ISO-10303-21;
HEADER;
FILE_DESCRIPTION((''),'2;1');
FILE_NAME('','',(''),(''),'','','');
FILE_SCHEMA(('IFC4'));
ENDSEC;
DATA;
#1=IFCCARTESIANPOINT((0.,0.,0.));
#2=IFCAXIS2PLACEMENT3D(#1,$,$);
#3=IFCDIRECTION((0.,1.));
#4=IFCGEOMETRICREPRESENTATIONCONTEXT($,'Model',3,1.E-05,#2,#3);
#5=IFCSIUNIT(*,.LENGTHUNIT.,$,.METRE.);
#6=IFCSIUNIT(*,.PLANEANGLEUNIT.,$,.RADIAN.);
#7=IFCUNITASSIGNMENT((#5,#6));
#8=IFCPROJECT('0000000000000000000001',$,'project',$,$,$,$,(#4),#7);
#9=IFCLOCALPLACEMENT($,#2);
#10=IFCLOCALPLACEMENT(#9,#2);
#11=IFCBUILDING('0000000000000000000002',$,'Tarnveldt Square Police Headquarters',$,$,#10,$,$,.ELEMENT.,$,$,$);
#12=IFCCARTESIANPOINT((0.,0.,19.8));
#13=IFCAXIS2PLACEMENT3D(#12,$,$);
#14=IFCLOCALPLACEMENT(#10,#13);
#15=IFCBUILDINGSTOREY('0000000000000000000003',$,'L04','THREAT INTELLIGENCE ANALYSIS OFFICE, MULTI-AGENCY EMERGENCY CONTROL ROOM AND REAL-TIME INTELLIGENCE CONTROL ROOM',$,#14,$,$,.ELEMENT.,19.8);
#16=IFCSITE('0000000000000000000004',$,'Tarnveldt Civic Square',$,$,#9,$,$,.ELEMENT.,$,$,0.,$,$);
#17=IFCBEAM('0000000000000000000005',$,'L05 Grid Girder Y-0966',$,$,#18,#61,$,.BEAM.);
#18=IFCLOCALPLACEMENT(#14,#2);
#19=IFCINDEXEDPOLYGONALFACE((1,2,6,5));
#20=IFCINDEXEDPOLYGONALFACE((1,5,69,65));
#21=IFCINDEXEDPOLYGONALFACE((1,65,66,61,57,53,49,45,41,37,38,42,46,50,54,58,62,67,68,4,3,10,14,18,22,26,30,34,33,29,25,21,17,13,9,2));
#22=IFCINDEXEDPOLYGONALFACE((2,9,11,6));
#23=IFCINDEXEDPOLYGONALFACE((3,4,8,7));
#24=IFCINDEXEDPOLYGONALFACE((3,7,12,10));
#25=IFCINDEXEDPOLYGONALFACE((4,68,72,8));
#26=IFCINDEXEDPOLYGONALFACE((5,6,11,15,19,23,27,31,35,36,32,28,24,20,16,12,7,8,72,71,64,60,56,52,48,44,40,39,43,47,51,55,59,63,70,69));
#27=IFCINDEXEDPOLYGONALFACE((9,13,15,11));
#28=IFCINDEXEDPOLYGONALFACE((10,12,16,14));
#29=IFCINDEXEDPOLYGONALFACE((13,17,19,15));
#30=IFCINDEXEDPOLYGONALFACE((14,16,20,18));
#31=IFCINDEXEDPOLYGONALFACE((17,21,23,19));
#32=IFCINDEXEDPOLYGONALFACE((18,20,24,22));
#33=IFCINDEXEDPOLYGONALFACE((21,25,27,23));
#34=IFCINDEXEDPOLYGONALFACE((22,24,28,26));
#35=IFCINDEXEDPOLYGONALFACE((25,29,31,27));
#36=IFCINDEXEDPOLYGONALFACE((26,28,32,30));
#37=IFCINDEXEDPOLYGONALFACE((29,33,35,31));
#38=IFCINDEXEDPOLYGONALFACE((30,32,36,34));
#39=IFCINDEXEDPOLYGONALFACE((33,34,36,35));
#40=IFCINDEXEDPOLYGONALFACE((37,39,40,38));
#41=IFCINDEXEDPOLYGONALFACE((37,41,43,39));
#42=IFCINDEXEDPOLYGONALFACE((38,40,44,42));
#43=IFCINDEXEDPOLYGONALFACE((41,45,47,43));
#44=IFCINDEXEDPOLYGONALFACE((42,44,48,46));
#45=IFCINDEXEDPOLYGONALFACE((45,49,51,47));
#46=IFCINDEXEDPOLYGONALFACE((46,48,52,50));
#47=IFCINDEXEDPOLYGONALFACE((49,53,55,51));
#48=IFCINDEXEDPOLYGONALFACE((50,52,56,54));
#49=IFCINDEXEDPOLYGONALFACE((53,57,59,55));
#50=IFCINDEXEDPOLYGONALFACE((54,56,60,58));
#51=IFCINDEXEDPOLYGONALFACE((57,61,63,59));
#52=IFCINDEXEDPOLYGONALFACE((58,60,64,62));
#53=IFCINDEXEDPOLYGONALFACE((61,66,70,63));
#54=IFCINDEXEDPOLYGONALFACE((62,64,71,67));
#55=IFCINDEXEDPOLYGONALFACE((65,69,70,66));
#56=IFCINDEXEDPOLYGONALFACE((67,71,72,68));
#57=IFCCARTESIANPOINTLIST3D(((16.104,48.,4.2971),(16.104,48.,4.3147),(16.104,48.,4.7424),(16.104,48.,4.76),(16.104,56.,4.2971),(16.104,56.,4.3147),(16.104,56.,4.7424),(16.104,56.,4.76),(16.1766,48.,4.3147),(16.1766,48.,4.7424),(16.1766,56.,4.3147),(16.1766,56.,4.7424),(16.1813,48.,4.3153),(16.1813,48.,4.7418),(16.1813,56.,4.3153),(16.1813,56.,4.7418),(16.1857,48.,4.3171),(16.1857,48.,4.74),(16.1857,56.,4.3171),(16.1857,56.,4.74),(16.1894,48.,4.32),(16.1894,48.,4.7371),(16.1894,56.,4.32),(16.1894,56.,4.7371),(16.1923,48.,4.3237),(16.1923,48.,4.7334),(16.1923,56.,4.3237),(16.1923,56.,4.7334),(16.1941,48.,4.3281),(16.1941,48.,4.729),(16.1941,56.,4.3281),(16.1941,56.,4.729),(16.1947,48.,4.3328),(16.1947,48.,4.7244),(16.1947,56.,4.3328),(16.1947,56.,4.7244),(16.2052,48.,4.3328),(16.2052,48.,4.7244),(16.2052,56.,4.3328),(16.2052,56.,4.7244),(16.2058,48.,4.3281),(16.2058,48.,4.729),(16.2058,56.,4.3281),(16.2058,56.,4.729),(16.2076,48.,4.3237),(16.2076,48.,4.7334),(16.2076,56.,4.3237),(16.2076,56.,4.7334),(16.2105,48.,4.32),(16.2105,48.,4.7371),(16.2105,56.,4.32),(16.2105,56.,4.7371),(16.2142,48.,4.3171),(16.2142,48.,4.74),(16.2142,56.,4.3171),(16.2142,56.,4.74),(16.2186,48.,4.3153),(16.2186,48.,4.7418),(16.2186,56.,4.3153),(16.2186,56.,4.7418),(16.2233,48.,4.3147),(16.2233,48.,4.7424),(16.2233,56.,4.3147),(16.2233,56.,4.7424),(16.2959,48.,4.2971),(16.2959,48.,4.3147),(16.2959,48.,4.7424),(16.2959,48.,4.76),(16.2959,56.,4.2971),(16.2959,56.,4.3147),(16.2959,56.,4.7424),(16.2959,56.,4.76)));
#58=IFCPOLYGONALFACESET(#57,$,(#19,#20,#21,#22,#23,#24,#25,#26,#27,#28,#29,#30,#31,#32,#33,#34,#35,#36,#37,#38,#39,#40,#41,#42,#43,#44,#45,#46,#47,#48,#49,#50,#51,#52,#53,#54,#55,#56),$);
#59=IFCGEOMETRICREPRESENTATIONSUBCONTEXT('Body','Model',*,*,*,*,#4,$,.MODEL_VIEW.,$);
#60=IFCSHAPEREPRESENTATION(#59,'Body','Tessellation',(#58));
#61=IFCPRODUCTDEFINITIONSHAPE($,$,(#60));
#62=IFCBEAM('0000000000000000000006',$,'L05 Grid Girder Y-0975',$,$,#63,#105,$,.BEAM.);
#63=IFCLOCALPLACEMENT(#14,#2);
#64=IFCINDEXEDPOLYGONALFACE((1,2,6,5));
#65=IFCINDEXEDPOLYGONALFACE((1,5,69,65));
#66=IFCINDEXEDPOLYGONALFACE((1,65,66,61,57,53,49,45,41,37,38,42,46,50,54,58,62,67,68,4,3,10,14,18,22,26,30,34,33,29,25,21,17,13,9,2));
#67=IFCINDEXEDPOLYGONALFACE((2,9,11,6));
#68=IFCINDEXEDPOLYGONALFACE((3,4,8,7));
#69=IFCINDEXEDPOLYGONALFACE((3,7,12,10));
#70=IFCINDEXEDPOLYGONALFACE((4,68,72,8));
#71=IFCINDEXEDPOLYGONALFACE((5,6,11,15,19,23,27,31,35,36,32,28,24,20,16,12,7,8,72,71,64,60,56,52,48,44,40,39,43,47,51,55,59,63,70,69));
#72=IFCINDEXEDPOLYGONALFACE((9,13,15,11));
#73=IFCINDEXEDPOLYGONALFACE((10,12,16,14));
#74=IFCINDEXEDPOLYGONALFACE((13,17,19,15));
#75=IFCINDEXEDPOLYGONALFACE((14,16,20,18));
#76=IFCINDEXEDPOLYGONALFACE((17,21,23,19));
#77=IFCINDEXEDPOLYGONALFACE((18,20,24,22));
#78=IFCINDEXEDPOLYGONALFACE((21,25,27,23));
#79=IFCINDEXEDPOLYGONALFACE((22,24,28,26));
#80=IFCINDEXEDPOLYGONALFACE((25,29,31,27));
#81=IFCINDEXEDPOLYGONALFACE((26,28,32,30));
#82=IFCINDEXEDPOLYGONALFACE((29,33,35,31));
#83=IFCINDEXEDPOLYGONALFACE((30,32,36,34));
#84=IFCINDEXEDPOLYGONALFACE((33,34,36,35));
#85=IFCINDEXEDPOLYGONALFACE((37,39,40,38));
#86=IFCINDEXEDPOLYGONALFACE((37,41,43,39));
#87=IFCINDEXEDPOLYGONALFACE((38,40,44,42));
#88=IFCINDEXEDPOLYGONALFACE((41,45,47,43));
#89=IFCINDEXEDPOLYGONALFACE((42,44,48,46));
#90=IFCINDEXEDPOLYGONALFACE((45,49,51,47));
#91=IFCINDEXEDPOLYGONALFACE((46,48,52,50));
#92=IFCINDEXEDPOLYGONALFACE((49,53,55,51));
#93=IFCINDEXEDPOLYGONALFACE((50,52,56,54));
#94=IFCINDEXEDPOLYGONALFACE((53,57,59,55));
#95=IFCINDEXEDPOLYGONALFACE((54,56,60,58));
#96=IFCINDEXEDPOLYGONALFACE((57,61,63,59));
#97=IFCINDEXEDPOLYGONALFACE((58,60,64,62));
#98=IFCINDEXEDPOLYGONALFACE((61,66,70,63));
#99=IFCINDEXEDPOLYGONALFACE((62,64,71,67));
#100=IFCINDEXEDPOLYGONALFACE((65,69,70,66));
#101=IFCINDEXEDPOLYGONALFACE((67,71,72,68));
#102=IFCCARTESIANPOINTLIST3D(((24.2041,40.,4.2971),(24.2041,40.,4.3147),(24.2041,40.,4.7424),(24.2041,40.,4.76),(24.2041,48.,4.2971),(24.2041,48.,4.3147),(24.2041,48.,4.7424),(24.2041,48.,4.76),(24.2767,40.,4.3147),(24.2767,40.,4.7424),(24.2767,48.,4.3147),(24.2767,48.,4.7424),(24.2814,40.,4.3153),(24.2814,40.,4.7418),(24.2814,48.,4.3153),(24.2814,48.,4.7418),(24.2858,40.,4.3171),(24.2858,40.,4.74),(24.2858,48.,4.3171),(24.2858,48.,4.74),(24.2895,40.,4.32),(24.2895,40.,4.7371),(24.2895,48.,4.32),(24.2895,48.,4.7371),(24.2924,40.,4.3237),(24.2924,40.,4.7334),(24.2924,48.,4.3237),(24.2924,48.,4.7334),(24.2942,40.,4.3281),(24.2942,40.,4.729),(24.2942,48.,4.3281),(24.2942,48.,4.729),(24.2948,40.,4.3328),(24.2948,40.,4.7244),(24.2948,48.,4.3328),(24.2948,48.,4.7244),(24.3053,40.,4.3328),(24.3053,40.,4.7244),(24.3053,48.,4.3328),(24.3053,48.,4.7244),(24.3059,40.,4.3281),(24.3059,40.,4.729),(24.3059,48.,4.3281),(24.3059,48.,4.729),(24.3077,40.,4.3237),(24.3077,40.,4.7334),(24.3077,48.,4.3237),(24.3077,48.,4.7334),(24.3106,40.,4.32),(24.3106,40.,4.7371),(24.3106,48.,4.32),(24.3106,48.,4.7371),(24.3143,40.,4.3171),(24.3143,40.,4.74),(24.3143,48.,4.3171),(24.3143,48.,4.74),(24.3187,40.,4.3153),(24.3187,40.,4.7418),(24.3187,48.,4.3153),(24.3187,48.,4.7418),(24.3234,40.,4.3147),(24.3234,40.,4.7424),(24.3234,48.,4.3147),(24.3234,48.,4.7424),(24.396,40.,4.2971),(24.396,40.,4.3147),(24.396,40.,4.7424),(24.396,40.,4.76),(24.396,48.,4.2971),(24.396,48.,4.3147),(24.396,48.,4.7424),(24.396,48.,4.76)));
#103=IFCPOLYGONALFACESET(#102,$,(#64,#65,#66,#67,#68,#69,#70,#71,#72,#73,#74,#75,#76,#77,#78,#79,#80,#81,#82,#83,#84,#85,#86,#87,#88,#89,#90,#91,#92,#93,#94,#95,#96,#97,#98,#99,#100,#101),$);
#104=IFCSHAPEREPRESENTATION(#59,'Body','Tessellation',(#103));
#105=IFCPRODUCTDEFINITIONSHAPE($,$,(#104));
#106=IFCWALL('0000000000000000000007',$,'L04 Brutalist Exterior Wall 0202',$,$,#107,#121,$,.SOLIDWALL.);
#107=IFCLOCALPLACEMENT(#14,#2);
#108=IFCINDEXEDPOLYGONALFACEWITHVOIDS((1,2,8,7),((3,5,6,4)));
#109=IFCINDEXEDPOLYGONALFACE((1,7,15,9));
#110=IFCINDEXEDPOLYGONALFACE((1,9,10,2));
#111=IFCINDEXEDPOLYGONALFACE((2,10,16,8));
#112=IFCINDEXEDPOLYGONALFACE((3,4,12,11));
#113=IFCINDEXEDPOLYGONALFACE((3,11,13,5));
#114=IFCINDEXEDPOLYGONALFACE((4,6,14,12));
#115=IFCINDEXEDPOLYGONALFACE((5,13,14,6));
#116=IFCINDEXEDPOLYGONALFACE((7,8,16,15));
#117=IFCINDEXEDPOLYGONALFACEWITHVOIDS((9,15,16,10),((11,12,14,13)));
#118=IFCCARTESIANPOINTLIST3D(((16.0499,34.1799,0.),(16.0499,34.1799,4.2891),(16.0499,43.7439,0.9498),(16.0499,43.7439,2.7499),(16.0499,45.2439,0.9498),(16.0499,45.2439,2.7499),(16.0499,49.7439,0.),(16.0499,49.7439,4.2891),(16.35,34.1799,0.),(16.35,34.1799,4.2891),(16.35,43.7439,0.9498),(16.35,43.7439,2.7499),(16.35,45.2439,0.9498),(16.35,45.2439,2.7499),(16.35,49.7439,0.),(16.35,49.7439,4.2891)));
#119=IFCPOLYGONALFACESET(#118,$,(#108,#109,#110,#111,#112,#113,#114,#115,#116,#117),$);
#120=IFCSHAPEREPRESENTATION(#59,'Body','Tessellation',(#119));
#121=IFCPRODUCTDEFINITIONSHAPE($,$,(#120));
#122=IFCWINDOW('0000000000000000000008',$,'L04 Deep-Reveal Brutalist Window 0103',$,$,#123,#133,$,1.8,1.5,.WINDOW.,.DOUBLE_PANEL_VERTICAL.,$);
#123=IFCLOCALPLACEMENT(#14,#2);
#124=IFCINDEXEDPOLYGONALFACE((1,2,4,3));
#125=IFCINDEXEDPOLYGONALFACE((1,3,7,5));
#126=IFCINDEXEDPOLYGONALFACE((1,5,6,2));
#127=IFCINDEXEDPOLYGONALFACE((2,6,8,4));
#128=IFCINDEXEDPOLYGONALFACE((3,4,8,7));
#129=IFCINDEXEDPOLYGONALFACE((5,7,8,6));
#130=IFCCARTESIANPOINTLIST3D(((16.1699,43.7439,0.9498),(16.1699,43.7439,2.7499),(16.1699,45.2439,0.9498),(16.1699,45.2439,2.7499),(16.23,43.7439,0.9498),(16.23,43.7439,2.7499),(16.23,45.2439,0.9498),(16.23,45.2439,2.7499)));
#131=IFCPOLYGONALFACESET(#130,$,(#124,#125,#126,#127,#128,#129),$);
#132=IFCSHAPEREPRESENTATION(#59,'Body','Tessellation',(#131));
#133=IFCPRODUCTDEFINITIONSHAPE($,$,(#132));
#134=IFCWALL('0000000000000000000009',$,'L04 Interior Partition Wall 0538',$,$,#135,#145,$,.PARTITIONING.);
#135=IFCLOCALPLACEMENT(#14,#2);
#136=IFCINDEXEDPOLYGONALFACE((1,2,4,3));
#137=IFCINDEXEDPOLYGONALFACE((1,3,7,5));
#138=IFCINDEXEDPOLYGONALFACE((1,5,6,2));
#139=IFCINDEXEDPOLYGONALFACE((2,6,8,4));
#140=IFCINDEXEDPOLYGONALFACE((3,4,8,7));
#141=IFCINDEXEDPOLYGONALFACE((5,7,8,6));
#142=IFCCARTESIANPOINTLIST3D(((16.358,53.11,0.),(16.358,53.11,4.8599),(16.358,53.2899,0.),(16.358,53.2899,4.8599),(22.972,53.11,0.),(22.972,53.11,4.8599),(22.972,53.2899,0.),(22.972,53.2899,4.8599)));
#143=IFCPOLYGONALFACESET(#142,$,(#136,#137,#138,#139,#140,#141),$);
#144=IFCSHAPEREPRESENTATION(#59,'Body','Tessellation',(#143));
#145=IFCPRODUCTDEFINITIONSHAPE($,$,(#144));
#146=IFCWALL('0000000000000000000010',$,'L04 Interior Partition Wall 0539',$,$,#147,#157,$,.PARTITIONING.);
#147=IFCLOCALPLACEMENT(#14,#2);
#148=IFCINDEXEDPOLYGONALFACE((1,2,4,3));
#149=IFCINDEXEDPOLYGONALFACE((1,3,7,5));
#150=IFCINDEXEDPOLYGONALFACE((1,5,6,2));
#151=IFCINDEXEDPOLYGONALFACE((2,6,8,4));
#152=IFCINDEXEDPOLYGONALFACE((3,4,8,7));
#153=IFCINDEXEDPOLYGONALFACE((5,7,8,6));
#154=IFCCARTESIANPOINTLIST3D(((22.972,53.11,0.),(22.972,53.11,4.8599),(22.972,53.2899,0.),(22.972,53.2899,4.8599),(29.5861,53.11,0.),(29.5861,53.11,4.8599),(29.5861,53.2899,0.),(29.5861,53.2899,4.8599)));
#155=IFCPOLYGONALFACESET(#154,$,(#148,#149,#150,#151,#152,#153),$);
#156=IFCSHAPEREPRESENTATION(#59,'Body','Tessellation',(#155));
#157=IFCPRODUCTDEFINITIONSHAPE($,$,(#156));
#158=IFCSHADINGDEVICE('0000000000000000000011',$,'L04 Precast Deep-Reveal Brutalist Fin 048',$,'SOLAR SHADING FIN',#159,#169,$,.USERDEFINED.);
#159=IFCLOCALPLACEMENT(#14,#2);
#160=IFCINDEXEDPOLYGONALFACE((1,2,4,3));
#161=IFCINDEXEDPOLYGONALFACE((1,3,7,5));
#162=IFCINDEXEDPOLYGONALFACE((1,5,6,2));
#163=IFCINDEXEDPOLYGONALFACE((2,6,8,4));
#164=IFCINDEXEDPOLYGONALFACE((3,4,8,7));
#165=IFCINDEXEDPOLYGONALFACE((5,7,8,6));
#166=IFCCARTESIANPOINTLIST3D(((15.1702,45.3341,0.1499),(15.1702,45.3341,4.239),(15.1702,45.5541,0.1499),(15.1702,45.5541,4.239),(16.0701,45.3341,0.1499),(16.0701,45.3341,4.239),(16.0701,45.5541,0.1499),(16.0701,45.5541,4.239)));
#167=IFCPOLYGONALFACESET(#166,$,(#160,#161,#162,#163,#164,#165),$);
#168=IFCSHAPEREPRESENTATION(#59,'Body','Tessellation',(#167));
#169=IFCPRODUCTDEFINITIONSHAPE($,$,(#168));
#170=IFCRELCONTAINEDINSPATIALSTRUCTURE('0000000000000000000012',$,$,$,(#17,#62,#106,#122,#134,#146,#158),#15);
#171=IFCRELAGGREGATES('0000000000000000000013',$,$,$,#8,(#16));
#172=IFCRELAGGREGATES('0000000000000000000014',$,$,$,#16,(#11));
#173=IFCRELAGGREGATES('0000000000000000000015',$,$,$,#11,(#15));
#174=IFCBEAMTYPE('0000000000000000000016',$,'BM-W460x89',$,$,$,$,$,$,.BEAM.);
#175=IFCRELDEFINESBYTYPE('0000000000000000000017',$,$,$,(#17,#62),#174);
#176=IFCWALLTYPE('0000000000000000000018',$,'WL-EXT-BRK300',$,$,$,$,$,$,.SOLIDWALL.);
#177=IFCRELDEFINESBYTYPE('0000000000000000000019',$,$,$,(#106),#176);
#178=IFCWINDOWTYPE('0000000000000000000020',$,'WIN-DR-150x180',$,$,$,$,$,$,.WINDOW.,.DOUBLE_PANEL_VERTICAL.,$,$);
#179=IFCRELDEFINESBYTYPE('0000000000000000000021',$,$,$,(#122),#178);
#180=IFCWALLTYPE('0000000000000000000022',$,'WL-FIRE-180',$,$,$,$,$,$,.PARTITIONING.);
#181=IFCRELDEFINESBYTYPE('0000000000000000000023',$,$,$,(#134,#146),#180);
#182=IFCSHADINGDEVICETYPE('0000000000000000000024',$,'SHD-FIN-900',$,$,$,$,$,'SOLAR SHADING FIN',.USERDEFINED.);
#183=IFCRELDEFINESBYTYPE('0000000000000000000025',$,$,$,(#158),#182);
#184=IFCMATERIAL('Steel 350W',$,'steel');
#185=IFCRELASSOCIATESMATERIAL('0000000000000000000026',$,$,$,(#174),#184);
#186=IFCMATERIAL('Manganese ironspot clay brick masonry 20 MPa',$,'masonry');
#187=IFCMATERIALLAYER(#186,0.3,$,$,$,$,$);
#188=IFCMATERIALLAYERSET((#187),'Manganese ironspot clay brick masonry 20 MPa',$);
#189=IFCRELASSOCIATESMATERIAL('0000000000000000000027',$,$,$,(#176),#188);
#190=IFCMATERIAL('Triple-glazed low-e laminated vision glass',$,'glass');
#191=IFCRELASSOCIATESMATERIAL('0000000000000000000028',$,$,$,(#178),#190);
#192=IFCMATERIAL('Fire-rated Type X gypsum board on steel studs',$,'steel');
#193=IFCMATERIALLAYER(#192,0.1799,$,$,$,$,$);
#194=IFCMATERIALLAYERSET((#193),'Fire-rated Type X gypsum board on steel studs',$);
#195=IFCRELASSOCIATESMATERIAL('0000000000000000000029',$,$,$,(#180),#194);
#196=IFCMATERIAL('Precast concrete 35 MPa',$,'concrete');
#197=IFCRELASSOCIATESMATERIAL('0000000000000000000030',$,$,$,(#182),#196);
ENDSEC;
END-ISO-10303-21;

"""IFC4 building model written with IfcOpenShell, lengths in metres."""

from ifc_helpers import new_model, si_unit, direction, frame, frame_2d, origin, origin_2d, place, context, subcontext, project, spatial, rectangle, i_section, extrude, material, layer, layer_set, material_profile, profile_set, type_object, element, fill, save


model = new_model("IFC4")

# Units and contexts
model_context = context("Model", 3, precision=1e-05, world=origin(), true_north=direction((0.0, 1.0)))
body_context = subcontext(model_context, "Body", "Model", "MODEL_VIEW")
ifc_project = project(units=[si_unit("LENGTHUNIT", "METRE"), si_unit("PLANEANGLEUNIT", "RADIAN")], contexts=[model_context])

# Site, building, storey
site_placement = place(None, origin())
site = spatial("IfcSite", under=ifc_project, at=site_placement, Name="Tarnveldt Civic Square", CompositionType="ELEMENT", RefElevation=0.0)
building_placement = place(site_placement, origin())
building = spatial("IfcBuilding", under=site, at=building_placement, Name="Tarnveldt Square Police Headquarters", CompositionType="ELEMENT")
storey_placement = place(building_placement, frame((0.0, 0.0, 19.8)))
storey = spatial("IfcBuildingStorey", under=building, at=storey_placement, Name="L04", Description="THREAT INTELLIGENCE ANALYSIS OFFICE, MULTI-AGENCY EMERGENCY CONTROL ROOM AND REAL-TIME INTELLIGENCE CONTROL ROOM", CompositionType="ELEMENT", Elevation=19.8)

# Shared definitions
ifc_material_1 = material(Name="Steel 350W", Category="steel")

# Beams
ifc_material_profile_1 = material_profile(ifc_material_1, i_section(OverallWidth=0.1919, OverallDepth=0.4629, WebThickness=0.0105, FlangeThickness=0.0176, FilletRadius=0.0181, at=origin_2d()), Name="W460x89")
ifc_profile_set_1 = profile_set([ifc_material_profile_1], Name="Steel 350W")
beam_type_1 = type_object("IfcBeamType", Name="BM-W460x89", PredefinedType="BEAM", material=ifc_profile_set_1)
for number, where, z_axis, x_axis, name in (
    (1, (16.2, 48.0, 4.5286), (0.0, 1.0, 0.0), (-1.0, 0.0, 0.0), "L05 Grid Girder Y-0966"),
    (2, (24.3, 40.0, 4.5286), (0.0, 1.0, 0.0), (-1.0, 0.0, 0.0), "L05 Grid Girder Y-0975"),
):
    element("IfcBeam", number, at=place(storey_placement, frame(where, z_axis=z_axis, x_axis=x_axis)), inside=storey, type_object=beam_type_1, Name=name, PredefinedType="BEAM", context=body_context, shape_type="SweptSolid", body=[
        extrude(i_section(OverallWidth=0.1919, OverallDepth=0.4629, WebThickness=0.0105, FlangeThickness=0.0176, FilletRadius=0.0181, at=origin_2d()), origin(), (0.0, 0.0, 1.0), 8.0),
    ])

# Wall, opening, window
ifc_material_2 = material(Name="Manganese ironspot clay brick masonry 20 MPa", Category="masonry")
ifc_layer_1 = layer(ifc_material_2, 0.3)
ifc_layer_set_1 = layer_set([ifc_layer_1], Name="Manganese ironspot clay brick masonry 20 MPa")
wall_type_1 = type_object("IfcWallType", Name="WL-EXT-BRK300", PredefinedType="SOLIDWALL", material=ifc_layer_set_1)
wall_placement = place(storey_placement, frame((16.2, 49.7439, 0.0), z_axis=(0.0, 0.0, 1.0), x_axis=(0.0, -1.0, 0.0)))
wall = element("IfcWall", 3, at=wall_placement, inside=storey, type_object=wall_type_1, Name="L04 Brutalist Exterior Wall 0202", PredefinedType="SOLIDWALL", context=body_context, shape_type="SweptSolid", body=[
    extrude(rectangle(XDim=15.564, YDim=0.3, at=frame_2d((7.782, 0.0))), origin(), (0.0, 0.0, 1.0), 4.2891),
])
opening_placement = place(wall_placement, frame((4.5, 0.0, 0.95)))
opening = element("IfcOpeningElement", 4, at=opening_placement, cuts=wall, PredefinedType="OPENING", context=body_context, shape_type="SweptSolid", body=[
    extrude(rectangle(XDim=1.5, YDim=1.8, at=frame_2d((0.75, 0.8999))), frame((0.0, 0.1599, 0.0), z_axis=(0.0, -1.0, 0.0), x_axis=(1.0, 0.0, 0.0)), (0.0, 0.0, 1.0), 0.3201),
])
ifc_material_3 = material(Name="Triple-glazed low-e laminated vision glass", Category="glass")
window_type = type_object("IfcWindowType", Name="WIN-DR-150x180", PartitioningType="DOUBLE_PANEL_VERTICAL", PredefinedType="WINDOW", material=ifc_material_3)
window_placement = place(opening_placement, origin())
window = element("IfcWindow", 5, at=window_placement, inside=storey, type_object=window_type, Name="L04 Deep-Reveal Brutalist Window 0103", OverallHeight=1.8, OverallWidth=1.5, PartitioningType="DOUBLE_PANEL_VERTICAL", PredefinedType="WINDOW", context=body_context, shape_type="SweptSolid", body=[
    extrude(rectangle(XDim=1.5, YDim=1.8, at=frame_2d((0.75, 0.8999))), frame((0.0, 0.03, 0.0), z_axis=(0.0, -1.0, 0.0), x_axis=(1.0, 0.0, 0.0)), (0.0, 0.0, 1.0), 0.0601),
])
fill(opening, window)

# Walls
ifc_material_4 = material(Name="Fire-rated Type X gypsum board on steel studs", Category="steel")
ifc_layer_2 = layer(ifc_material_4, 0.1799)
ifc_layer_set_2 = layer_set([ifc_layer_2], Name="Fire-rated Type X gypsum board on steel studs")
wall_type_2 = type_object("IfcWallType", Name="WL-FIRE-180", PredefinedType="PARTITIONING", material=ifc_layer_set_2)
for number, where, z_axis, x_axis, name in (
    (6, (16.3579, 53.2, 0.0), (0.0, 0.0, 1.0), (1.0, 0.0, 0.0), "L04 Interior Partition Wall 0538"),
    (7, (22.9719, 53.2, 0.0), (0.0, 0.0, 1.0), (1.0, 0.0, 0.0), "L04 Interior Partition Wall 0539"),
):
    element("IfcWall", number, at=place(storey_placement, frame(where, z_axis=z_axis, x_axis=x_axis)), inside=storey, type_object=wall_type_2, Name=name, PredefinedType="PARTITIONING", context=body_context, shape_type="SweptSolid", body=[
        extrude(rectangle(XDim=6.614, YDim=0.1799, at=frame_2d((3.3071, 0.0))), origin(), (0.0, 0.0, 1.0), 4.8599),
    ])

# Shading device
ifc_material_5 = material(Name="Precast concrete 35 MPa", Category="concrete")
ifc_material_profile_2 = material_profile(ifc_material_5, rectangle(XDim=0.22, YDim=0.8999, at=origin_2d()), Name="PC-FIN220x900")
ifc_profile_set_2 = profile_set([ifc_material_profile_2], Name="Precast concrete 35 MPa")
shading_device_type = type_object("IfcShadingDeviceType", Name="SHD-FIN-900", ElementType="SOLAR SHADING FIN", PredefinedType="USERDEFINED", material=ifc_profile_set_2)
shading_device_placement = place(storey_placement, frame((15.6201, 45.4441, 0.1499), z_axis=(0.0, 0.0, 1.0), x_axis=(0.0, -1.0, 0.0)))
element("IfcShadingDevice", 8, at=shading_device_placement, inside=storey, type_object=shading_device_type, Name="L04 Precast Deep-Reveal Brutalist Fin 048", ObjectType="SOLAR SHADING FIN", PredefinedType="USERDEFINED", context=body_context, shape_type="SweptSolid", body=[
    extrude(rectangle(XDim=0.22, YDim=0.8999, at=origin_2d()), origin(), (0.0, 0.0, 1.0), 4.0891),
])

save(model, "model.ifc")
